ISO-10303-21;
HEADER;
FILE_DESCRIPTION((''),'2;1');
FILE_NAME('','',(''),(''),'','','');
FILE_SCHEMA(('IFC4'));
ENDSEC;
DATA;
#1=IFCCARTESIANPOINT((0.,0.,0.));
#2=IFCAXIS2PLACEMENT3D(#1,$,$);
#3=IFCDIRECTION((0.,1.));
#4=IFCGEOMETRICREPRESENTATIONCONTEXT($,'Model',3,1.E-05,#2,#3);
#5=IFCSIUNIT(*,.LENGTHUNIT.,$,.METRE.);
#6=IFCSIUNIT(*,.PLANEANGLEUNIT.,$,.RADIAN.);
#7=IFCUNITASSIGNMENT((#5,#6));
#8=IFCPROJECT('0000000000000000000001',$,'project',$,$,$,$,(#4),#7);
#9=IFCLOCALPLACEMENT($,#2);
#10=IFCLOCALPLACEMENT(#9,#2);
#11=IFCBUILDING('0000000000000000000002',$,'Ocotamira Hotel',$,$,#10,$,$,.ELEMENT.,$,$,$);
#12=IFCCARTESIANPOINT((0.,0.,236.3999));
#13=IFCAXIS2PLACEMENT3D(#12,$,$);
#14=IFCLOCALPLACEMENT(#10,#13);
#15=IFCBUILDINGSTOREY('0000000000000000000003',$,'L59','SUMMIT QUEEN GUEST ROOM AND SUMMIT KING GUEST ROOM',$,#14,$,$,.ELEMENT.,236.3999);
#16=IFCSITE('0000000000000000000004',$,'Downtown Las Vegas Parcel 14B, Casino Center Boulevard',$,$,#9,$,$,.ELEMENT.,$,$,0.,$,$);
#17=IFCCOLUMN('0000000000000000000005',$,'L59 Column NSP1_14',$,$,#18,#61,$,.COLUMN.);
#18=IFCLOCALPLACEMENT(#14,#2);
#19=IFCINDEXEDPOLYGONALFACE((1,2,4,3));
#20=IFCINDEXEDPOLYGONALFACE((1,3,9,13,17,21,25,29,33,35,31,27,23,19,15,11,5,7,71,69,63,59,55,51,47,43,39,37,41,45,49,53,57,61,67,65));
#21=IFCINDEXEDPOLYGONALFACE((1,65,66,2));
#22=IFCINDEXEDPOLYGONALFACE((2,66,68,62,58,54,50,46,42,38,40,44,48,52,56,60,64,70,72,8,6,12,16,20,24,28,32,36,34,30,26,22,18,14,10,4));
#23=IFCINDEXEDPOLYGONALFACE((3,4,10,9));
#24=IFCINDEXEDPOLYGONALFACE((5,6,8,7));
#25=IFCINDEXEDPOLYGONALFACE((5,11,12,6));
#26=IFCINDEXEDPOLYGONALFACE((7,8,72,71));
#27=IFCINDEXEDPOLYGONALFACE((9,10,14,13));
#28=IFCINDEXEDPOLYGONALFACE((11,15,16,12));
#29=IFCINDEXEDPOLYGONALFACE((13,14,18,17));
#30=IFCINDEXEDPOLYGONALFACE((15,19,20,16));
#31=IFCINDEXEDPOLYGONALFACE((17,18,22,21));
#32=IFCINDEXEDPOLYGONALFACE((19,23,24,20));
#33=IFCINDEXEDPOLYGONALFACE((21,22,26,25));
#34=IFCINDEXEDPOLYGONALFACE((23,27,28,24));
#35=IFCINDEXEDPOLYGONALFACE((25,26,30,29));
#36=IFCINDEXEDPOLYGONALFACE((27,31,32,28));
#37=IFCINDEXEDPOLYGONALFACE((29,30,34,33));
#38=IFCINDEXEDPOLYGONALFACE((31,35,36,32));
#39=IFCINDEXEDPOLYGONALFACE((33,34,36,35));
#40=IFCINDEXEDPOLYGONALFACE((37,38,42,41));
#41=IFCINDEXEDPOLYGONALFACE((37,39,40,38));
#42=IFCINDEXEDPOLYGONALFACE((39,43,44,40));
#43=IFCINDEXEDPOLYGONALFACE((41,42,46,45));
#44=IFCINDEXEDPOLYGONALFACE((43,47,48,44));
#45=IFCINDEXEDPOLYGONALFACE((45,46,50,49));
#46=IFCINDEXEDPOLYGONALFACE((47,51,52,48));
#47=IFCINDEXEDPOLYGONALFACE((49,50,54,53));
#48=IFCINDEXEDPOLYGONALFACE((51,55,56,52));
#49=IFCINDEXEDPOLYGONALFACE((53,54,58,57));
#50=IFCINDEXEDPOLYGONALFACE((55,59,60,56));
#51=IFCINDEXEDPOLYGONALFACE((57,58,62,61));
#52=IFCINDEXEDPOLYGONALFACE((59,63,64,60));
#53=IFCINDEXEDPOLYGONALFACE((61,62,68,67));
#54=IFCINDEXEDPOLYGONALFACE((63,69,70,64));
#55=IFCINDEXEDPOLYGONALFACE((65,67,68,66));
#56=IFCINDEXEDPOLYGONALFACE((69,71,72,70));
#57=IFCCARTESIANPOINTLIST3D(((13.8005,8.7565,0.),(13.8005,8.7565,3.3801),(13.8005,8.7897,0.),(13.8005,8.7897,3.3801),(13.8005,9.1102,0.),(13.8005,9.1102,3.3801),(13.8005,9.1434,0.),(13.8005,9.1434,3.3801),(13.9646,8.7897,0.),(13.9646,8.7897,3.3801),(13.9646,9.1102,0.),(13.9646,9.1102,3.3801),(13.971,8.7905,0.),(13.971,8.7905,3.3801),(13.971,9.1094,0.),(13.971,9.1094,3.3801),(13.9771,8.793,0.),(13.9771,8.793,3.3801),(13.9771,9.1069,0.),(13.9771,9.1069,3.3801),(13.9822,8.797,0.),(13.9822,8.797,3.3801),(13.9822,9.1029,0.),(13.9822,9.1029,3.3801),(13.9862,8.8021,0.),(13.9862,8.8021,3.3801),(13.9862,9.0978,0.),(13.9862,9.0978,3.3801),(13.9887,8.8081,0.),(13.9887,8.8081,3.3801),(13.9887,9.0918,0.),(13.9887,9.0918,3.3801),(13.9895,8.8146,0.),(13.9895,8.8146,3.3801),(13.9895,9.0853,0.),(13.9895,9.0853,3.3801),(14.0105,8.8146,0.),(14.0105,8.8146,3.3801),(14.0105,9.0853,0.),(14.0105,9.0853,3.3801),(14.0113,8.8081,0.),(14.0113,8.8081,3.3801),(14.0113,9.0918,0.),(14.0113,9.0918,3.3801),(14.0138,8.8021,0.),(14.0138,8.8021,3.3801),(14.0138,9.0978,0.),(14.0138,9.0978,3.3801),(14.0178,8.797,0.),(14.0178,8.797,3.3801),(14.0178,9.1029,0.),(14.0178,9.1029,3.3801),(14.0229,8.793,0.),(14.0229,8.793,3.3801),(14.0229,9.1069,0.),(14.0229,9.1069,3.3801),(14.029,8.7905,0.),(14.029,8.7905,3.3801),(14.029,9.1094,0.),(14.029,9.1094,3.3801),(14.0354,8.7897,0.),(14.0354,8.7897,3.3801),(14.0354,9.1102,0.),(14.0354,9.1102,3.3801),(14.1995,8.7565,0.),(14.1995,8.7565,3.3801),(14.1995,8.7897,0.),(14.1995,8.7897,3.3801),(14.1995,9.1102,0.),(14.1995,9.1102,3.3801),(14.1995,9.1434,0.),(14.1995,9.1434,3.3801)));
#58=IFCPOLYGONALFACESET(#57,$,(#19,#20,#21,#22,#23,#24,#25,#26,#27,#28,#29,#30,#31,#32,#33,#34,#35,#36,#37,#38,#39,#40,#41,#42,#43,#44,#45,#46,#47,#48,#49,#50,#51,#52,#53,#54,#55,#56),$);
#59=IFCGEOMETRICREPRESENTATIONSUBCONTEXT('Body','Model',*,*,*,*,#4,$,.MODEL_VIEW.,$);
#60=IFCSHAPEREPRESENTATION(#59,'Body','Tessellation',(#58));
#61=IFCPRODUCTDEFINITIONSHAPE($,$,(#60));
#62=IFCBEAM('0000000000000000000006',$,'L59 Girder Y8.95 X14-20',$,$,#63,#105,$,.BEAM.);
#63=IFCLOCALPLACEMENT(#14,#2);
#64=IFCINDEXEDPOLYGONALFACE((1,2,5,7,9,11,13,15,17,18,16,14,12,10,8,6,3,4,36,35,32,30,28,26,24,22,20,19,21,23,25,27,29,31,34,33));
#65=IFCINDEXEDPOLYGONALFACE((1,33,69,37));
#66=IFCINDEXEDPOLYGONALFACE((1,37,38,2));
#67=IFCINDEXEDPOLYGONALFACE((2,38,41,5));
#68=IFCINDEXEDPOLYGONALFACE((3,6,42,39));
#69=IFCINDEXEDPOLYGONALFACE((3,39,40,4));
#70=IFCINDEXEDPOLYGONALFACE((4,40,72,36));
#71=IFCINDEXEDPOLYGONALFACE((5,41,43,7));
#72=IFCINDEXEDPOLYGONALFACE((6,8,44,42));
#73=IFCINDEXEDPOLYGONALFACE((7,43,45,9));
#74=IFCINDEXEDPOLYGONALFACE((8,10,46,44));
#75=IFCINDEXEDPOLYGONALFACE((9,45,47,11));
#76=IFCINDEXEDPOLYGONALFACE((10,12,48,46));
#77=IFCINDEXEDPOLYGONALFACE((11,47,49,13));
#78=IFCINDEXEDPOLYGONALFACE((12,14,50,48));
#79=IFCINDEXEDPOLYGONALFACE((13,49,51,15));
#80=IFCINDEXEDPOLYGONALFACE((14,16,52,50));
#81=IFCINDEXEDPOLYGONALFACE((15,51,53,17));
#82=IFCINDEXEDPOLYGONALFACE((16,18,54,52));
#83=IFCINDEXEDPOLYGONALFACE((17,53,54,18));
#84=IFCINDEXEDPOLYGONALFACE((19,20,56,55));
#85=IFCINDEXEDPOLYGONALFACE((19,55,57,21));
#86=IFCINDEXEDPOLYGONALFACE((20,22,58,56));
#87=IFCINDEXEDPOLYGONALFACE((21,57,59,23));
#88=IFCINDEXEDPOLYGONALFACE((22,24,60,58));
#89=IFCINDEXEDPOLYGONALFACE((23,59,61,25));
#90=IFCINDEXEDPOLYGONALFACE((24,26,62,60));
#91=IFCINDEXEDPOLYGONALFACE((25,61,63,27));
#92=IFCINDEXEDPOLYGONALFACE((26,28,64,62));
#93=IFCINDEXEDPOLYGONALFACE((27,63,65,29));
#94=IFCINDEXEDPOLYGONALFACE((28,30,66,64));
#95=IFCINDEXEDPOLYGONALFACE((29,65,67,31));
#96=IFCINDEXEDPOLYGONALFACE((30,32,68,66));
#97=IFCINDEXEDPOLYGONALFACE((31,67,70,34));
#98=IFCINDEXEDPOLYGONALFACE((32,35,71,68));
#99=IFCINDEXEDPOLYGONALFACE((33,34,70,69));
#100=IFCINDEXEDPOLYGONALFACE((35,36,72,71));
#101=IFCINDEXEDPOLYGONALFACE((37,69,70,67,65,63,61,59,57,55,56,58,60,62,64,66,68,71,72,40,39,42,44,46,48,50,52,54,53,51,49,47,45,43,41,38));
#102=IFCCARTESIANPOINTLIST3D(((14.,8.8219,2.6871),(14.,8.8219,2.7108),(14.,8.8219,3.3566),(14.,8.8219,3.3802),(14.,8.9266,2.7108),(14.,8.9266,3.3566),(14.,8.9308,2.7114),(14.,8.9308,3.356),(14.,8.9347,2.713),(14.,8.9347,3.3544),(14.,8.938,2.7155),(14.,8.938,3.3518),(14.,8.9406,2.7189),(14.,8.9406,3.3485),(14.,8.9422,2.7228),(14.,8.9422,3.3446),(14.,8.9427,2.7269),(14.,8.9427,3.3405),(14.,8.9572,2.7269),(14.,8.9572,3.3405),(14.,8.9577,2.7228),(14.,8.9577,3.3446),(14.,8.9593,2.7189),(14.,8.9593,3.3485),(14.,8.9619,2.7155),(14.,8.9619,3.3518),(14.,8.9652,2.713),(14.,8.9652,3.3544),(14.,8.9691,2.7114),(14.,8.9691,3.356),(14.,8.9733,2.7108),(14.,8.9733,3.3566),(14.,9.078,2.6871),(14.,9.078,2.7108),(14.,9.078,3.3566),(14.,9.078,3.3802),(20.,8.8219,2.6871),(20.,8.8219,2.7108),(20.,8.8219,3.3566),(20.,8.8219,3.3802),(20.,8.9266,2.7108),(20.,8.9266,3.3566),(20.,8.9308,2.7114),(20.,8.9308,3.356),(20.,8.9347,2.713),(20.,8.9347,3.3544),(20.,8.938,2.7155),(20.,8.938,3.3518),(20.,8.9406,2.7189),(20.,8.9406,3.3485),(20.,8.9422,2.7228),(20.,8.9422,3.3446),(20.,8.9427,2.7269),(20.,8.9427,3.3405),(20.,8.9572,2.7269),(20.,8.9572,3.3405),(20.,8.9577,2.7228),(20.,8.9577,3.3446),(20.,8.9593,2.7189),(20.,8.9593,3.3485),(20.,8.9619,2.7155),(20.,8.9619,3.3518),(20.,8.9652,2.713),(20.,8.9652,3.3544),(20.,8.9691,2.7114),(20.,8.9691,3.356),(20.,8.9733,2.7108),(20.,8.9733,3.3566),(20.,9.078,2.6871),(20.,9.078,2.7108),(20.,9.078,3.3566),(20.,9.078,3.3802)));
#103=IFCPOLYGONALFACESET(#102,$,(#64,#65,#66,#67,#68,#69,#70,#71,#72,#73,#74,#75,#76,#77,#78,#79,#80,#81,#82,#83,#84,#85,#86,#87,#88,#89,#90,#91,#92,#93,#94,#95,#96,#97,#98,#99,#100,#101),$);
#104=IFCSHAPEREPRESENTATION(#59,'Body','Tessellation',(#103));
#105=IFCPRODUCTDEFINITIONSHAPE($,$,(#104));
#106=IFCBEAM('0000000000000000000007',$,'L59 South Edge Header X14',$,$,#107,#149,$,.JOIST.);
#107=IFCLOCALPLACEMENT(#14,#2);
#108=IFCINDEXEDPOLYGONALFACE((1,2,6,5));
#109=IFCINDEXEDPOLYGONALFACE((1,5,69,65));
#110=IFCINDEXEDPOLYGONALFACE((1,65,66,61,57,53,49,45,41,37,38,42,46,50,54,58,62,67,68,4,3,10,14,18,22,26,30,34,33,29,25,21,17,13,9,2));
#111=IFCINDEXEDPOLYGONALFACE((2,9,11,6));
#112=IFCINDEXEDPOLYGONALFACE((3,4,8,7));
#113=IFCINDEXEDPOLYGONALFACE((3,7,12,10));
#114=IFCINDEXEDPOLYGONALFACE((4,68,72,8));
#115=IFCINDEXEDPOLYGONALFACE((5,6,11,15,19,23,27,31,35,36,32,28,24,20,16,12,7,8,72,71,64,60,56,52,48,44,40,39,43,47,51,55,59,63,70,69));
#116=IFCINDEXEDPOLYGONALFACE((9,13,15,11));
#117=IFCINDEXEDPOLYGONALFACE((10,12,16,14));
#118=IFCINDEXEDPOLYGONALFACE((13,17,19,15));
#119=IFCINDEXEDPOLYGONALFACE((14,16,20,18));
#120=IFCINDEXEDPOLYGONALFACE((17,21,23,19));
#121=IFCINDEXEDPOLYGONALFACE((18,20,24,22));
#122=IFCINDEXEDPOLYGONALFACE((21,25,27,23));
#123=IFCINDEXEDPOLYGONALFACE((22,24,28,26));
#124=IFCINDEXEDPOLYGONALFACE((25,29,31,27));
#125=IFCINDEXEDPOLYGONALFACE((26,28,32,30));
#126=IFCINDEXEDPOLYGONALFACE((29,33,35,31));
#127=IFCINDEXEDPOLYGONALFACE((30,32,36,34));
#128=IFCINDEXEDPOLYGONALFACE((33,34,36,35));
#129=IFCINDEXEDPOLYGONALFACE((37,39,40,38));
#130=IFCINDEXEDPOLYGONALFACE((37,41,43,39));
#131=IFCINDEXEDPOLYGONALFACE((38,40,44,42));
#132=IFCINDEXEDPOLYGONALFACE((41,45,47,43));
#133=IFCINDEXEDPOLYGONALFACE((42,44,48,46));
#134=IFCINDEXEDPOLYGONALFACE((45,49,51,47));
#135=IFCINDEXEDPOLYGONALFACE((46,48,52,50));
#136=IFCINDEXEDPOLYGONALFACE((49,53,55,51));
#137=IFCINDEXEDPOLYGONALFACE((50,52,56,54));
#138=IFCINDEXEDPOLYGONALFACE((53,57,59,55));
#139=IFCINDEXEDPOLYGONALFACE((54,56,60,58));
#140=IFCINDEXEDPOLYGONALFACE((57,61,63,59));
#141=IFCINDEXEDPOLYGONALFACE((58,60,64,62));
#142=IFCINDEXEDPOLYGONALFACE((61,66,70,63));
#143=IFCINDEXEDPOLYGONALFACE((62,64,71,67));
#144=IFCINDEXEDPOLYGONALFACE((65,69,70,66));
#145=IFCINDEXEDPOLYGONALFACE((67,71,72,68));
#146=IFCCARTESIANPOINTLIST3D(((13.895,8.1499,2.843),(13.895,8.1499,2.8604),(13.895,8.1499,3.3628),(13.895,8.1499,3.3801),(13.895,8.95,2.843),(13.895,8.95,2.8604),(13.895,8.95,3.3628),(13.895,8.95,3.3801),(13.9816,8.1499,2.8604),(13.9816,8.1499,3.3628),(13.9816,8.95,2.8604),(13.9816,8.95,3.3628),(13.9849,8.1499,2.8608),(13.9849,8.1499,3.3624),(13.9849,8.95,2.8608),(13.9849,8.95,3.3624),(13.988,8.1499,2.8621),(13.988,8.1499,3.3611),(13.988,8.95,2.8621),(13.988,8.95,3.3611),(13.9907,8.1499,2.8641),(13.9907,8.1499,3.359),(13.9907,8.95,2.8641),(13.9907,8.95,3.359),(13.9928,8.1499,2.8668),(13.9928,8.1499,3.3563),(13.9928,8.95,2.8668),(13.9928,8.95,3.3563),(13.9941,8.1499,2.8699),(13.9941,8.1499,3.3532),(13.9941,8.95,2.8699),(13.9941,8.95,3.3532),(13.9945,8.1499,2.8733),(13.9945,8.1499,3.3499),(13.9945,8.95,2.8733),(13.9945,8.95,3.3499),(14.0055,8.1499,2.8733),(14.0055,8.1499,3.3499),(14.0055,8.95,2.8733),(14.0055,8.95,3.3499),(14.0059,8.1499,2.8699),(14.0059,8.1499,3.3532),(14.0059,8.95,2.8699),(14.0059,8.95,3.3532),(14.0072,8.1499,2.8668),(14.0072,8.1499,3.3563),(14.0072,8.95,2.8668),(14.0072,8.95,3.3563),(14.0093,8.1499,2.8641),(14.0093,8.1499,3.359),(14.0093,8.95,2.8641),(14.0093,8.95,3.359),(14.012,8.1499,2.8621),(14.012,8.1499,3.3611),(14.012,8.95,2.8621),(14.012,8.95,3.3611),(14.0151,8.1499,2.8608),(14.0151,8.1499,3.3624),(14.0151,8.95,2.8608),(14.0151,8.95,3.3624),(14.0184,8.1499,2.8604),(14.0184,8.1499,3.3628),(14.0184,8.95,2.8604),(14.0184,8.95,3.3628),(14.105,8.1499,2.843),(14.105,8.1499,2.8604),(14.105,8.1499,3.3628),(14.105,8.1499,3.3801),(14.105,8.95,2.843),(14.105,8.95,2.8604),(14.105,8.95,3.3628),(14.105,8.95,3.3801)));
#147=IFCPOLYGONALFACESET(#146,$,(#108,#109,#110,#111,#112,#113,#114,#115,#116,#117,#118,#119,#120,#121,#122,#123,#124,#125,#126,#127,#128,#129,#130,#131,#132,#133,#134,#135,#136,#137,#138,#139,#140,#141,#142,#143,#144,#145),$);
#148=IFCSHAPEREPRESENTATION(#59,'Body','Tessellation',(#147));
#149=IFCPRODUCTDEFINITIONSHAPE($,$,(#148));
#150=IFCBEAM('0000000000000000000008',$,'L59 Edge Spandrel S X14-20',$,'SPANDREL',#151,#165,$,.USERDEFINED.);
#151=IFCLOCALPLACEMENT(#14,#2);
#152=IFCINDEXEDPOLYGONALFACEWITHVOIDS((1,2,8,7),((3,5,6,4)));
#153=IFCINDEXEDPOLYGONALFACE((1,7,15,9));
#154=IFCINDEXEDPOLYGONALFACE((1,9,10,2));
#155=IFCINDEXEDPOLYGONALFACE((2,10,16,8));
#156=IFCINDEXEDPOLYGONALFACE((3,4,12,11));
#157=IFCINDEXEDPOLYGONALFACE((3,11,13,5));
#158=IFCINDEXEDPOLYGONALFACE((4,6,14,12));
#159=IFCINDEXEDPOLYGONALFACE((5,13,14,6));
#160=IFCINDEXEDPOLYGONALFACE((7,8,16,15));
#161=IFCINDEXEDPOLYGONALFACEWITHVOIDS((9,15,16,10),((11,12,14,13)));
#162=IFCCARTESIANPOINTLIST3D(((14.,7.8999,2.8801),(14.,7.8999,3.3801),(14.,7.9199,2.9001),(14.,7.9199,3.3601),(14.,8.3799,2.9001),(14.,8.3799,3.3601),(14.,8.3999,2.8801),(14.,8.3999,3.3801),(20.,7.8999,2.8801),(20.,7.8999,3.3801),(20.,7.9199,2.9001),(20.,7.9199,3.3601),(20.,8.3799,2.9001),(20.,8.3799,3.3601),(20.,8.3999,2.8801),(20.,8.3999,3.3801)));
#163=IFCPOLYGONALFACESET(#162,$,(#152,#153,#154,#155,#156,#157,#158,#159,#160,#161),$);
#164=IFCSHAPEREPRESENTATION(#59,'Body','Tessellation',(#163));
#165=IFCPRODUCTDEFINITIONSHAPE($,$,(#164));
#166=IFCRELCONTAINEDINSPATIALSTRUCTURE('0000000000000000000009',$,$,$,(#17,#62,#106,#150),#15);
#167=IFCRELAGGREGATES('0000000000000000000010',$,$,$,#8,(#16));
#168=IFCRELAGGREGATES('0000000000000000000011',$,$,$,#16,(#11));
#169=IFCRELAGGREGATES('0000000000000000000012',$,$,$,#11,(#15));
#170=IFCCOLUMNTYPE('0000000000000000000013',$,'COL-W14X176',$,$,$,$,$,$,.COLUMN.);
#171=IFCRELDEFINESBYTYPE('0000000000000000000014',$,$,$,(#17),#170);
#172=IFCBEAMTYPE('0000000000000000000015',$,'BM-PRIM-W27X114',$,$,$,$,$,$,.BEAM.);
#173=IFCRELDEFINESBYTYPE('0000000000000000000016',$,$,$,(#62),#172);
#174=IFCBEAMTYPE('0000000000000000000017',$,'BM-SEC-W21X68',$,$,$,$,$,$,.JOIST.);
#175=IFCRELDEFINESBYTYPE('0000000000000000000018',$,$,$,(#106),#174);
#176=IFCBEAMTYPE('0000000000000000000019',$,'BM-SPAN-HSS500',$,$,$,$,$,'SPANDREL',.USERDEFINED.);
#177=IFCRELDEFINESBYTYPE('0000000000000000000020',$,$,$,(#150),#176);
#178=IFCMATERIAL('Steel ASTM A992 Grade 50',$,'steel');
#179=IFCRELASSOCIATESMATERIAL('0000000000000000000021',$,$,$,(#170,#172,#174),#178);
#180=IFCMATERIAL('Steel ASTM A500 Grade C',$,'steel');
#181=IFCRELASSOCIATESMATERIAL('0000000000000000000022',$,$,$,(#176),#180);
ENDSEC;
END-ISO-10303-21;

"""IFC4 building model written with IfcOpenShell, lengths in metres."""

from ifc_helpers import new_model, si_unit, direction, frame, origin, origin_2d, place, context, subcontext, project, spatial, hollow_rectangle, i_section, extrude, source, transform, mapped, material, material_profile, profile_set, type_object, element, save


model = new_model("IFC4")

# Units and contexts
model_context = context("Model", 3, precision=1e-05, world=origin(), true_north=direction((0.0, 1.0)))
body_context = subcontext(model_context, "Body", "Model", "MODEL_VIEW")
ifc_project = project(units=[si_unit("LENGTHUNIT", "METRE"), si_unit("PLANEANGLEUNIT", "RADIAN")], contexts=[model_context])

# Site, building, storey
site_placement = place(None, origin())
site = spatial("IfcSite", under=ifc_project, at=site_placement, Name="Downtown Las Vegas Parcel 14B, Casino Center Boulevard", CompositionType="ELEMENT", RefElevation=0.0)
building_placement = place(site_placement, origin())
building = spatial("IfcBuilding", under=site, at=building_placement, Name="Ocotamira Hotel", CompositionType="ELEMENT")
storey_placement = place(building_placement, frame((0.0, 0.0, 236.3999)))
storey = spatial("IfcBuildingStorey", under=building, at=storey_placement, Name="L59", Description="SUMMIT QUEEN GUEST ROOM AND SUMMIT KING GUEST ROOM", CompositionType="ELEMENT", Elevation=236.3999)

# Column
ifc_material_1 = material(Name="Steel ASTM A992 Grade 50", Category="steel")
ifc_material_profile_1 = material_profile(ifc_material_1, i_section(OverallWidth=0.3989, OverallDepth=0.387, WebThickness=0.021, FlangeThickness=0.0332, FilletRadius=0.0249, at=origin_2d()), Name="W14X176")
ifc_profile_set_1 = profile_set([ifc_material_profile_1], Name="Steel ASTM A992 Grade 50")
column_type = type_object("IfcColumnType", Name="COL-W14X176", PredefinedType="COLUMN", material=ifc_profile_set_1)
shared_shape_1 = source(origin(), body_context, "Body", "SweptSolid", [
    extrude(i_section(OverallWidth=0.3989, OverallDepth=0.387, WebThickness=0.021, FlangeThickness=0.0332, FilletRadius=0.0249, at=origin_2d()), origin(), (0.0, 0.0, 1.0), 3.3801),
])
column_placement = place(storey_placement, frame((14.0, 8.95, 0.0), z_axis=(0.0, 0.0, 1.0), x_axis=(1.0, 0.0, 0.0)))
element("IfcColumn", 1, at=column_placement, inside=storey, type_object=column_type, Name="L59 Column NSP1_14", PredefinedType="COLUMN", context=body_context, shape_type="MappedRepresentation", body=[
    mapped(shared_shape_1, transform((0.0, 0.0, 0.0), scale=1.0)),
])

# Beams
ifc_material_profile_2 = material_profile(ifc_material_1, i_section(OverallWidth=0.2561, OverallDepth=0.6931, WebThickness=0.0144, FlangeThickness=0.0237, FilletRadius=0.0161, at=origin_2d()), Name="W27X114")
ifc_profile_set_2 = profile_set([ifc_material_profile_2], Name="Steel ASTM A992 Grade 50")
beam_type_1 = type_object("IfcBeamType", Name="BM-PRIM-W27X114", PredefinedType="BEAM", material=ifc_profile_set_2)
shared_shape_2 = source(origin(), body_context, "Body", "SweptSolid", [
    extrude(i_section(OverallWidth=0.2561, OverallDepth=0.6931, WebThickness=0.0144, FlangeThickness=0.0237, FilletRadius=0.0161, at=origin_2d()), origin(), (0.0, 0.0, 1.0), 6.0),
])
beam_1_placement = place(storey_placement, frame((14.0, 8.95, 3.0337), z_axis=(1.0, 0.0, 0.0), x_axis=(0.0, 1.0, 0.0)))
element("IfcBeam", 2, at=beam_1_placement, inside=storey, type_object=beam_type_1, Name="L59 Girder Y8.95 X14-20", PredefinedType="BEAM", context=body_context, shape_type="MappedRepresentation", body=[
    mapped(shared_shape_2, transform((0.0, 0.0, 0.0), scale=1.0)),
])
ifc_material_profile_3 = material_profile(ifc_material_1, i_section(OverallWidth=0.21, OverallDepth=0.5371, WebThickness=0.011, FlangeThickness=0.0173, FilletRadius=0.0129, at=origin_2d()), Name="W21X68")
ifc_profile_set_3 = profile_set([ifc_material_profile_3], Name="Steel ASTM A992 Grade 50")
beam_type_2 = type_object("IfcBeamType", Name="BM-SEC-W21X68", PredefinedType="JOIST", material=ifc_profile_set_3)
shared_shape_3 = source(origin(), body_context, "Body", "SweptSolid", [
    extrude(i_section(OverallWidth=0.21, OverallDepth=0.5371, WebThickness=0.011, FlangeThickness=0.0173, FilletRadius=0.0129, at=origin_2d()), origin(), (0.0, 0.0, 1.0), 0.8),
])
beam_2_placement = place(storey_placement, frame((14.0, 8.95, 3.1116), z_axis=(0.0, -1.0, 0.0), x_axis=(1.0, 0.0, 0.0)))
element("IfcBeam", 3, at=beam_2_placement, inside=storey, type_object=beam_type_2, Name="L59 South Edge Header X14", PredefinedType="JOIST", context=body_context, shape_type="MappedRepresentation", body=[
    mapped(shared_shape_3, transform((0.0, 0.0, 0.0), scale=1.0)),
])
ifc_material_2 = material(Name="Steel ASTM A500 Grade C", Category="steel")
ifc_material_profile_4 = material_profile(ifc_material_2, hollow_rectangle(XDim=0.5, YDim=0.5, WallThickness=0.02, at=origin_2d()), Name="HSS500X500X20")
ifc_profile_set_4 = profile_set([ifc_material_profile_4], Name="Steel ASTM A500 Grade C")
beam_type_3 = type_object("IfcBeamType", Name="BM-SPAN-HSS500", ElementType="SPANDREL", PredefinedType="USERDEFINED", material=ifc_profile_set_4)
shared_shape_4 = source(origin(), body_context, "Body", "SweptSolid", [
    extrude(hollow_rectangle(XDim=0.5, YDim=0.5, WallThickness=0.02, at=origin_2d()), origin(), (0.0, 0.0, 1.0), 6.0),
])
beam_3_placement = place(storey_placement, frame((14.0, 8.1499, 3.1301), z_axis=(1.0, 0.0, 0.0), x_axis=(0.0, 1.0, 0.0)))
element("IfcBeam", 4, at=beam_3_placement, inside=storey, type_object=beam_type_3, Name="L59 Edge Spandrel S X14-20", ObjectType="SPANDREL", PredefinedType="USERDEFINED", context=body_context, shape_type="MappedRepresentation", body=[
    mapped(shared_shape_4, transform((0.0, 0.0, 0.0), scale=1.0)),
])

save(model, "model.ifc")
